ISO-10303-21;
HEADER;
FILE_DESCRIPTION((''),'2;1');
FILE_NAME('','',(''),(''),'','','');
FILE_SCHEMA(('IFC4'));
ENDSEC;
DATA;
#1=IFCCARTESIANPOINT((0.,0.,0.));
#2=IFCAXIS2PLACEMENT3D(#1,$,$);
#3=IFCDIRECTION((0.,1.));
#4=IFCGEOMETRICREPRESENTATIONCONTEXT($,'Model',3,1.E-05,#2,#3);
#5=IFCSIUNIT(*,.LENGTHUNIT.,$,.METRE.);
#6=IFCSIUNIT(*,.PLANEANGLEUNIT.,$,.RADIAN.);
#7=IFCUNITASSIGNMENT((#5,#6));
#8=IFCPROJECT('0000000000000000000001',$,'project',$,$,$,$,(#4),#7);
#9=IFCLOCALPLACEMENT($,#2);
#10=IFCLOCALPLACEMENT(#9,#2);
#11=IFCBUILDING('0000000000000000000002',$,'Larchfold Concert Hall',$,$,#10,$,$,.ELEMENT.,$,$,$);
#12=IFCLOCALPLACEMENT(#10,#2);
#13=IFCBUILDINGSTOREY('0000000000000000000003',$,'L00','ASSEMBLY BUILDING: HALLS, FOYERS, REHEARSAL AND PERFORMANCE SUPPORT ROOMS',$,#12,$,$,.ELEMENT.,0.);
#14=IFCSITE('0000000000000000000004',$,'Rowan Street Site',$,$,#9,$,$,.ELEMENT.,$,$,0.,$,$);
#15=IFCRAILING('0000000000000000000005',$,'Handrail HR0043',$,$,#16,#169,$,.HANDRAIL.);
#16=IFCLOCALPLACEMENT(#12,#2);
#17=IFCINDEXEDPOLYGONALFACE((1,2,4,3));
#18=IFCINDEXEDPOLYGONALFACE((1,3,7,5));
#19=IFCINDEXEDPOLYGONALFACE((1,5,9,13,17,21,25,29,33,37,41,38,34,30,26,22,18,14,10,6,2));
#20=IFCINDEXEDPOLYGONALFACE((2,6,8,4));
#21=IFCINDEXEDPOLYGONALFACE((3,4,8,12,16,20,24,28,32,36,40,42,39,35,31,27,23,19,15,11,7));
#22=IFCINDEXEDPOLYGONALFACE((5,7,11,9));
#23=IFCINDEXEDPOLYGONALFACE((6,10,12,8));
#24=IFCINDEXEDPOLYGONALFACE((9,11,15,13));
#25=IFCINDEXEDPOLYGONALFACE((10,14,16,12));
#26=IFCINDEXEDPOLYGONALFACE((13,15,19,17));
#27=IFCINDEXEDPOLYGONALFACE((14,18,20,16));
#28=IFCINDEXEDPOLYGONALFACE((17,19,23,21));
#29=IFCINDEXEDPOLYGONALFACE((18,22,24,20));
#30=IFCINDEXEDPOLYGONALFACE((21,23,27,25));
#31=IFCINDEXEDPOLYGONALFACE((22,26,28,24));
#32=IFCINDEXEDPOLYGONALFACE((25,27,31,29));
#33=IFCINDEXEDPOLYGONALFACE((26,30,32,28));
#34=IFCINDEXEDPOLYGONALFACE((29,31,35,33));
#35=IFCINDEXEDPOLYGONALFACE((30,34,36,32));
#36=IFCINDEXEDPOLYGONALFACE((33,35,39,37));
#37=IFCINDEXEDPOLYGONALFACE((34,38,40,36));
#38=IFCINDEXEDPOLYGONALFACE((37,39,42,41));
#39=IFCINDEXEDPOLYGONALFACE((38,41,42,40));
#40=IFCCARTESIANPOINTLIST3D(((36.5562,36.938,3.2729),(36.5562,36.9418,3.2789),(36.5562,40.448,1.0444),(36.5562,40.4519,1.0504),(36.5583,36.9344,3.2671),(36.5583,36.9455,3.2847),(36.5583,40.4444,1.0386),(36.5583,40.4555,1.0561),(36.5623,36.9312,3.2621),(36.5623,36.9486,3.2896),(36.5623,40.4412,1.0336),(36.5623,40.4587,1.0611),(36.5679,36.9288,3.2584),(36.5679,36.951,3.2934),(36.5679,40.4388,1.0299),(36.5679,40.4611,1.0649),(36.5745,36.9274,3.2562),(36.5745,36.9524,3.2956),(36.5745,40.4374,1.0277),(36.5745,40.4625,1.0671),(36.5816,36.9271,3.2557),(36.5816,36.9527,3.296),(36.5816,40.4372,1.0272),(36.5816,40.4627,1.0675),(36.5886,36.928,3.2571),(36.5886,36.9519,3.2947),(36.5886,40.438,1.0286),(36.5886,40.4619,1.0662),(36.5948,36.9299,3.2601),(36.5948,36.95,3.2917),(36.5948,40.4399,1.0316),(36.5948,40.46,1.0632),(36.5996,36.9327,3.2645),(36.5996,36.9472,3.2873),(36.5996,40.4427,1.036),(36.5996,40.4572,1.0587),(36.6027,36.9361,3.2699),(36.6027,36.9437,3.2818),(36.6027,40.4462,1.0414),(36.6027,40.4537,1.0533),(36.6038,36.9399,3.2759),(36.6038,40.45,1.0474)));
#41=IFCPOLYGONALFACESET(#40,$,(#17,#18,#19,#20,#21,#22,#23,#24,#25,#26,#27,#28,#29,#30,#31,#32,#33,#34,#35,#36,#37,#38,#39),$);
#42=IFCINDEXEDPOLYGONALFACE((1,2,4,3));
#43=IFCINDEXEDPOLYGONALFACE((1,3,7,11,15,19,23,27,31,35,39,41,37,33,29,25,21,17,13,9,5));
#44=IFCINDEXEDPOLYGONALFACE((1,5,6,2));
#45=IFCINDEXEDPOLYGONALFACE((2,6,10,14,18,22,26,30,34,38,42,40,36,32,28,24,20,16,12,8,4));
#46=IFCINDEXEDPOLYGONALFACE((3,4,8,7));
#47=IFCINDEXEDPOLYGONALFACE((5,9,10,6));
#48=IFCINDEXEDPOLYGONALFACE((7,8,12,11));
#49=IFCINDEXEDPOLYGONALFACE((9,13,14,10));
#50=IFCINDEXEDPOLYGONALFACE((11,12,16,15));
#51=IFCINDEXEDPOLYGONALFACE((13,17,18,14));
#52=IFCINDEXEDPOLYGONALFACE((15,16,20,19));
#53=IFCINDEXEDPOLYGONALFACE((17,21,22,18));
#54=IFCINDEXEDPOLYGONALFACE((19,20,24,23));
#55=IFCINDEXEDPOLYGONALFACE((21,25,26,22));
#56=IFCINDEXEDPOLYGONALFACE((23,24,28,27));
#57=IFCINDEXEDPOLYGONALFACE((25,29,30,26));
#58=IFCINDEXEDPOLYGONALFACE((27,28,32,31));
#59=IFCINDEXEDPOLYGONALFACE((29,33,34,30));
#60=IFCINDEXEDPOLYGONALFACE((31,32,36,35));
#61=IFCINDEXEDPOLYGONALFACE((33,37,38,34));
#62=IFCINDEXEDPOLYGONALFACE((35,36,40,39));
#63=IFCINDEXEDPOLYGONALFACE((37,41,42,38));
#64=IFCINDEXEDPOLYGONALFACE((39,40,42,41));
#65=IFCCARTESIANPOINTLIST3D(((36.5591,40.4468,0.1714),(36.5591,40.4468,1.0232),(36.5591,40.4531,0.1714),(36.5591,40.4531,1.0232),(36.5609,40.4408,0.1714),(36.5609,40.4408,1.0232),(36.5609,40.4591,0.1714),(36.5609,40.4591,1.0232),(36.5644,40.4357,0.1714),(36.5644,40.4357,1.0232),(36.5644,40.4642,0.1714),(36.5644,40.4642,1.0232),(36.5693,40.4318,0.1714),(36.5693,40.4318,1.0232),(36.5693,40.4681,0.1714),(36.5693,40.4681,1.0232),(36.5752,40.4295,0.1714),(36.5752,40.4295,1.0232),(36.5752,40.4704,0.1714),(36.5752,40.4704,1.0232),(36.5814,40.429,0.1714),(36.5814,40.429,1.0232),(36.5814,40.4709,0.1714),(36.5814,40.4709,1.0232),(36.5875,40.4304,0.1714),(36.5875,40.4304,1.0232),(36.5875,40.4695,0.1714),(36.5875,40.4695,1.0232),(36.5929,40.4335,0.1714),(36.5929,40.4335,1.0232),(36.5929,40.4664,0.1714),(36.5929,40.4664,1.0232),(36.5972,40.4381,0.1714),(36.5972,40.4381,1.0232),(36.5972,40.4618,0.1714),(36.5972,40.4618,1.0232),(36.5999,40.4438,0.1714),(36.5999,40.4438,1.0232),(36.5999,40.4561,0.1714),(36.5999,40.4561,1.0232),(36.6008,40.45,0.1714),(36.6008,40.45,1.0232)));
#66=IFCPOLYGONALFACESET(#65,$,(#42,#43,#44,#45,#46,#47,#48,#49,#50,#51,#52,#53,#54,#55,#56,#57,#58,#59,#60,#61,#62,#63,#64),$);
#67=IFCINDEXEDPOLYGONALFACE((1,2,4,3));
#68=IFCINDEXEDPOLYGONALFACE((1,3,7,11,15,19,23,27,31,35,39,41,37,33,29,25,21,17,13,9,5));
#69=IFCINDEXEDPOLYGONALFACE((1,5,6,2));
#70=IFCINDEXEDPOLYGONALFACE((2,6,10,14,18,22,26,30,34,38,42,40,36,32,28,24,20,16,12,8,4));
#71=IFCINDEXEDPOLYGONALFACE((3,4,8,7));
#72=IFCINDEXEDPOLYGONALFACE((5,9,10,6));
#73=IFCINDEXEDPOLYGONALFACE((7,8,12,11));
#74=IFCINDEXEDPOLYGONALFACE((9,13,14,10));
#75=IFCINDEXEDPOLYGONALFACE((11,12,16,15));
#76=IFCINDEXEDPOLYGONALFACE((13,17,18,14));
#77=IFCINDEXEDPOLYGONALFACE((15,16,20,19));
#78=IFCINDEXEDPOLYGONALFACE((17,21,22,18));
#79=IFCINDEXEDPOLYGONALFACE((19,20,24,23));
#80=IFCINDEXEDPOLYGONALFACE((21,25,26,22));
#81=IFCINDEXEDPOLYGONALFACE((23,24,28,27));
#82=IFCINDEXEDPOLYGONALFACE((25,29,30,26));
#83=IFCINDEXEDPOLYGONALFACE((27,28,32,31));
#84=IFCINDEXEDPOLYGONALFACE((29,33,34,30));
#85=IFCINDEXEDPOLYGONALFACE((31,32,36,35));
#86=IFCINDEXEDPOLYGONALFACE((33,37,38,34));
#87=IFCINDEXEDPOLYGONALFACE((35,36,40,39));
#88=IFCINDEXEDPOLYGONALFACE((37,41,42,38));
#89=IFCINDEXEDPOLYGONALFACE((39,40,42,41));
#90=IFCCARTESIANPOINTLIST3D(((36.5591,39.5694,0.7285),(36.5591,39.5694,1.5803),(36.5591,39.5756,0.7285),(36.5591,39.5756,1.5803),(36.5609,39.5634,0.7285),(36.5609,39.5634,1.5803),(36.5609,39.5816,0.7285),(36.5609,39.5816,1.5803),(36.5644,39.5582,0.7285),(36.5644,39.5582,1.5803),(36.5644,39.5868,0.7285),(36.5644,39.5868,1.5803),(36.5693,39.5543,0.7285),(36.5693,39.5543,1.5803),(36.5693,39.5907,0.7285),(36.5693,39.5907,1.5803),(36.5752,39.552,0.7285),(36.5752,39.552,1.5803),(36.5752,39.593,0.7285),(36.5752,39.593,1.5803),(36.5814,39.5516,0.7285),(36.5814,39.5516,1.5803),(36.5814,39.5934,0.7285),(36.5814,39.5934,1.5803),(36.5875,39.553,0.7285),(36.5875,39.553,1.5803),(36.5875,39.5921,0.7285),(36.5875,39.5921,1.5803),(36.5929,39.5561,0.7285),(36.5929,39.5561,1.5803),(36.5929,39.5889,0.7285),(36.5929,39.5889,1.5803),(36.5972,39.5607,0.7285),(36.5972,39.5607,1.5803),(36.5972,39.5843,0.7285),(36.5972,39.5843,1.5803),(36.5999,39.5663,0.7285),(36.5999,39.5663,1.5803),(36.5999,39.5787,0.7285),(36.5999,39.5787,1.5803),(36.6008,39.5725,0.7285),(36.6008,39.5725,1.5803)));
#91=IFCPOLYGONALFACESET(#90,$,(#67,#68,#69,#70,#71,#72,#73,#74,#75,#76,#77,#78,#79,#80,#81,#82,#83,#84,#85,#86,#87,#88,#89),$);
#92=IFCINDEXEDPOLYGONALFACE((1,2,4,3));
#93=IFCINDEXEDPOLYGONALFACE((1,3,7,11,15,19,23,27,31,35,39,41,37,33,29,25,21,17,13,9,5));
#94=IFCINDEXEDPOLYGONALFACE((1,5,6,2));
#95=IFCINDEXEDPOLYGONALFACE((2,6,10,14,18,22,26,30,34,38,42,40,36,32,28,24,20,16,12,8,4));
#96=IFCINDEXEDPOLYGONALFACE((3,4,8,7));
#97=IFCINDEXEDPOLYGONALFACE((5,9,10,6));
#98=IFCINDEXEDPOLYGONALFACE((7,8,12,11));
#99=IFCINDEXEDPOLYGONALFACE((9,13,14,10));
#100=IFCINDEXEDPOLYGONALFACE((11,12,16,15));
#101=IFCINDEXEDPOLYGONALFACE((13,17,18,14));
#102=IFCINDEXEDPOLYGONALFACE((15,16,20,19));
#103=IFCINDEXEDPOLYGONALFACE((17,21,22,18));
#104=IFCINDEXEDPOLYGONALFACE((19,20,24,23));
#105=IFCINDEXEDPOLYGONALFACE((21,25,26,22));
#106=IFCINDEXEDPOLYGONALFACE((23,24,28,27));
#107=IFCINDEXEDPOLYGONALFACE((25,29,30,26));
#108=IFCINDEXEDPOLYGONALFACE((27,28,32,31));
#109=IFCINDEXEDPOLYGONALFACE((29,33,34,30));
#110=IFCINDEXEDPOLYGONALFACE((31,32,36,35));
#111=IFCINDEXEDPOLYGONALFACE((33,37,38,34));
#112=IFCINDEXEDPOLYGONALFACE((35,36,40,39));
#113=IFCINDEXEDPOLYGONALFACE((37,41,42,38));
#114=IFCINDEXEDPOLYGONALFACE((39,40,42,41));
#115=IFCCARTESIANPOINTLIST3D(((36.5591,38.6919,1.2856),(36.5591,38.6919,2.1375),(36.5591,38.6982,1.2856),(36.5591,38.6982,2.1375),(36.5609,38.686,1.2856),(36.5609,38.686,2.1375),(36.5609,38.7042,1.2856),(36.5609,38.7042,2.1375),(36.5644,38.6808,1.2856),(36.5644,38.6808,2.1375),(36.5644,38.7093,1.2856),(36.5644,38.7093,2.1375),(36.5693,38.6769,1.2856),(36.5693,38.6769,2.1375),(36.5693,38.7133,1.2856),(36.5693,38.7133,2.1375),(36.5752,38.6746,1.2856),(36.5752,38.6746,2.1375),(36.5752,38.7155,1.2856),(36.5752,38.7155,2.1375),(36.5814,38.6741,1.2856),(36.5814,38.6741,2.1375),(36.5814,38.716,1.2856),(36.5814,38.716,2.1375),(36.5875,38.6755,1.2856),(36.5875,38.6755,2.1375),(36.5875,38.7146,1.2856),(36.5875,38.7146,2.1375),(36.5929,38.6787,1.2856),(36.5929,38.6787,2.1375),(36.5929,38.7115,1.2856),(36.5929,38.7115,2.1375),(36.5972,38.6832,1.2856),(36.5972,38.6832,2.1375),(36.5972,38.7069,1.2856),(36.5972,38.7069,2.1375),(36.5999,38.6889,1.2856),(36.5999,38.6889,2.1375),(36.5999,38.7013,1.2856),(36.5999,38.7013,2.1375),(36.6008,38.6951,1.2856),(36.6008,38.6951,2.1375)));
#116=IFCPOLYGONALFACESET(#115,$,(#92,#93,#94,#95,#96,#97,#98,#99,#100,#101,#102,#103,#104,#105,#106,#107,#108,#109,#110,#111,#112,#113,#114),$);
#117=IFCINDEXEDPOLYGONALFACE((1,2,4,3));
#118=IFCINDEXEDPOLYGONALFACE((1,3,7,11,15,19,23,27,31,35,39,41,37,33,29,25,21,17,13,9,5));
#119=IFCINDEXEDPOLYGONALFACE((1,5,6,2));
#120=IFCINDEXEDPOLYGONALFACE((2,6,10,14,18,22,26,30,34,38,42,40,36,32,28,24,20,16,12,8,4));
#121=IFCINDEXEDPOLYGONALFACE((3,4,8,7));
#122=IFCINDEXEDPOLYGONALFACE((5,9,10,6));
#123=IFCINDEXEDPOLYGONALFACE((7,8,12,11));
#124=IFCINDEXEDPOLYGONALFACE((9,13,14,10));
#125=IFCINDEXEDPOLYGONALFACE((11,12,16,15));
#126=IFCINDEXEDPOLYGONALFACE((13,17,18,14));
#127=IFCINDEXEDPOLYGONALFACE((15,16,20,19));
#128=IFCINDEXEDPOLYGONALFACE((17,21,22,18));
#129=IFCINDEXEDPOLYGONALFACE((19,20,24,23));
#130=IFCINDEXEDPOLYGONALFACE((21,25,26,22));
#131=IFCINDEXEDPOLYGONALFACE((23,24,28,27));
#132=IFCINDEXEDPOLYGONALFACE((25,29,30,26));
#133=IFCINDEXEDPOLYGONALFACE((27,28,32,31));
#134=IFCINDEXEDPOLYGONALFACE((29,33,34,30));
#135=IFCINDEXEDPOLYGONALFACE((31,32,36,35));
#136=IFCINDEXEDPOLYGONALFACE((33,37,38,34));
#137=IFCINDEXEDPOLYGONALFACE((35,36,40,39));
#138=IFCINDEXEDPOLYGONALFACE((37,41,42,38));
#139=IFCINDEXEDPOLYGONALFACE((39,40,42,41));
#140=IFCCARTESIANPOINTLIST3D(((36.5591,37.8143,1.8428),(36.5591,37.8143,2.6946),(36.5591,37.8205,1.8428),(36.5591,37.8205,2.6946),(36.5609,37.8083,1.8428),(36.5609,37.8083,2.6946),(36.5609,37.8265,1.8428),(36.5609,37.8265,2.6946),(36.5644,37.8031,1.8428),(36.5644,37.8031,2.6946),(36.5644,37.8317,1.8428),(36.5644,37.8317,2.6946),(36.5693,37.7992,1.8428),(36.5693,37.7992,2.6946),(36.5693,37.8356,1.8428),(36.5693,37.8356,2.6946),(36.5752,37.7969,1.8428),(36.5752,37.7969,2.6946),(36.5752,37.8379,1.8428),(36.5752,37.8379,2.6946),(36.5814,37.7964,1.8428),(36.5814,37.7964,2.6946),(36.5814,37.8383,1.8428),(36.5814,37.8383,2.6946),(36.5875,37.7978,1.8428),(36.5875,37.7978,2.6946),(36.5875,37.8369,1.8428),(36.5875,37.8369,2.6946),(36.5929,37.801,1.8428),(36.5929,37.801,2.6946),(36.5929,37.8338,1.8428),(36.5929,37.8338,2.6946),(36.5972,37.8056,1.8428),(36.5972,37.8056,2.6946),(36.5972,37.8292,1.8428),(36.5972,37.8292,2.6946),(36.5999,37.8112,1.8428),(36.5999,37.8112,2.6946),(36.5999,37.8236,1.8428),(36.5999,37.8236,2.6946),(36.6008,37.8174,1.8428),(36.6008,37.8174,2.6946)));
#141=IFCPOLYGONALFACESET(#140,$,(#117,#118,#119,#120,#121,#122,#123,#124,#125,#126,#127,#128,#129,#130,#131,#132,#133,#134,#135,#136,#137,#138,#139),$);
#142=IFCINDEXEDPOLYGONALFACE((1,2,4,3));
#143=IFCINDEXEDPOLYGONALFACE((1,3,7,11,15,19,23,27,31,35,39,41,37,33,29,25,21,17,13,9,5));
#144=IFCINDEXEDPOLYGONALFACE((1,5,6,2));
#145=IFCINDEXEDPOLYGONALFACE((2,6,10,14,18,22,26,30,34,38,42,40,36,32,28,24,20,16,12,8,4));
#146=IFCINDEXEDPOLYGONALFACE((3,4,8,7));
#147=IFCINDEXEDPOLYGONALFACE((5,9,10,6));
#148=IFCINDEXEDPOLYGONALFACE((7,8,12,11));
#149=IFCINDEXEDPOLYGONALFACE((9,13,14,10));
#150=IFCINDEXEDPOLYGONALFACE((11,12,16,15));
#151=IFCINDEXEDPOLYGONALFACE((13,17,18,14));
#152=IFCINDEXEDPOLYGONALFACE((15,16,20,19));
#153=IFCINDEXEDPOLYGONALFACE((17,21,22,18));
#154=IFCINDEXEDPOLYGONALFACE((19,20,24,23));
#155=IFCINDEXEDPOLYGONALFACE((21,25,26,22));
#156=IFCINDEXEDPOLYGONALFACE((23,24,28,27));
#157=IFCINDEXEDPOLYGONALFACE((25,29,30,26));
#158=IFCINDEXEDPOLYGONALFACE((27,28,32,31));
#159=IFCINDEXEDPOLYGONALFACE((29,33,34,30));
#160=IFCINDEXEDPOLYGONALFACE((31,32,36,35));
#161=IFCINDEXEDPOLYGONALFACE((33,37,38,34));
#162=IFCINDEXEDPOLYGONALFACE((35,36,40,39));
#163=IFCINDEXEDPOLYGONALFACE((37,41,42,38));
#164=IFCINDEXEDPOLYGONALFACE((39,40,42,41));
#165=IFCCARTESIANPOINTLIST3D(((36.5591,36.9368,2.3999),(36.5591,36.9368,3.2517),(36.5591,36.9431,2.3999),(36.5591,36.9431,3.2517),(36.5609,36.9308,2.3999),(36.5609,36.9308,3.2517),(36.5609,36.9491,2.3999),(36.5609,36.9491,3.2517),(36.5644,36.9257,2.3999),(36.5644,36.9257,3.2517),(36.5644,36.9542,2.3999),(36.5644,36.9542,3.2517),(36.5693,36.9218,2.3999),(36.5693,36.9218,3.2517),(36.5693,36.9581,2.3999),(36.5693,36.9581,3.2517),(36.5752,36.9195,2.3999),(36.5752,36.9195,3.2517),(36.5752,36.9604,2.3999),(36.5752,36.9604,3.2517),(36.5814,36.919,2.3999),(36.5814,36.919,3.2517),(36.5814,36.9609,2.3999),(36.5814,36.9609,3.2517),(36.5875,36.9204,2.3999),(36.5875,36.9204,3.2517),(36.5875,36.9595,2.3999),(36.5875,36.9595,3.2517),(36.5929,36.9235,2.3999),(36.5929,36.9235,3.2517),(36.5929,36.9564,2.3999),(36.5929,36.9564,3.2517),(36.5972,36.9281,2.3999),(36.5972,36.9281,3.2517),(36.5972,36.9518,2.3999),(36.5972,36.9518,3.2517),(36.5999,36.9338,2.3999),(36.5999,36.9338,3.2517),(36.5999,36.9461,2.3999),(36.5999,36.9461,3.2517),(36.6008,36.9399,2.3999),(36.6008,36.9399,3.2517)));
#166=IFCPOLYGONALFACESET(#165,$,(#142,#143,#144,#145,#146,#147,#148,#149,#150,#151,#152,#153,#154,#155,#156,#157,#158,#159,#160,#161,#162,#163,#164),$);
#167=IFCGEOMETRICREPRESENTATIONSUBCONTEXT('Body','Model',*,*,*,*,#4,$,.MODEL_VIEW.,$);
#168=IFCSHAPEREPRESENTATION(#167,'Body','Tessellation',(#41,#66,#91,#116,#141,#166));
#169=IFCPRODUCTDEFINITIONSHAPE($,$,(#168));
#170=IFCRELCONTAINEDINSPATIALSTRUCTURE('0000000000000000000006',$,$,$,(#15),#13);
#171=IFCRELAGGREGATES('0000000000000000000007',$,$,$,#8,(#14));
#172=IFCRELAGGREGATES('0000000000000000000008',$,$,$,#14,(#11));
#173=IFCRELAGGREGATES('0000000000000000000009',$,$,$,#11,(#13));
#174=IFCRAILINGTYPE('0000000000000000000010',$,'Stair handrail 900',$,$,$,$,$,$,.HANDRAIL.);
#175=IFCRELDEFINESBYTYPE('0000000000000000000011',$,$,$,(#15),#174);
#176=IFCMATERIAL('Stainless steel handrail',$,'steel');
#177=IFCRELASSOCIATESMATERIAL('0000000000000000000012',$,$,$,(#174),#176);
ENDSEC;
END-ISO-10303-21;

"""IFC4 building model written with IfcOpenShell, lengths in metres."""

from ifc_helpers import new_model, si_unit, direction, frame, origin, origin_2d, place, context, subcontext, project, spatial, circle, extrude, material, type_object, element, save


model = new_model("IFC4")

# Units and contexts
model_context = context("Model", 3, precision=1e-05, world=origin(), true_north=direction((0.0, 1.0)))
body_context = subcontext(model_context, "Body", "Model", "MODEL_VIEW")
ifc_project = project(units=[si_unit("LENGTHUNIT", "METRE"), si_unit("PLANEANGLEUNIT", "RADIAN")], contexts=[model_context])

# Site, building, storey
site_placement = place(None, origin())
site = spatial("IfcSite", under=ifc_project, at=site_placement, Name="Rowan Street Site", CompositionType="ELEMENT", RefElevation=0.0)
building_placement = place(site_placement, origin())
building = spatial("IfcBuilding", under=site, at=building_placement, Name="Larchfold Concert Hall", CompositionType="ELEMENT")
storey_placement = place(building_placement, origin())
storey = spatial("IfcBuildingStorey", under=building, at=storey_placement, Name="L00", Description="ASSEMBLY BUILDING: HALLS, FOYERS, REHEARSAL AND PERFORMANCE SUPPORT ROOMS", CompositionType="ELEMENT", Elevation=0.0)

# Railing
ifc_material_1 = material(Name="Stainless steel handrail", Category="steel")
railing_type_1 = type_object("IfcRailingType", Name="Stair handrail 900", PredefinedType="HANDRAIL", material=ifc_material_1)
railing_1_placement = place(storey_placement, frame((36.5798, 40.45, 0.1714)))
element("IfcRailing", 1, at=railing_1_placement, inside=storey, type_object=railing_type_1, Name="Handrail HR0043", PredefinedType="HANDRAIL", context=body_context, shape_type="SweptSolid", body=[
    extrude(circle(Radius=0.0239, at=origin_2d()), frame((0.0, 0.0, 0.876), z_axis=(0.0, -0.84422, 0.535998), x_axis=(1.0, 0.0, 0.0)), (0.0, 0.0, 1.0), 4.1577),
    extrude(circle(Radius=0.021, at=origin_2d()), origin(), (0.0, 0.0, 1.0), 0.8518),
    extrude(circle(Radius=0.021, at=origin_2d()), frame((0.0, -0.8774, 0.5571)), (0.0, 0.0, 1.0), 0.8518),
    extrude(circle(Radius=0.021, at=origin_2d()), frame((0.0, -1.7549, 1.1143)), (0.0, 0.0, 1.0), 0.8518),
    extrude(circle(Radius=0.021, at=origin_2d()), frame((0.0, -2.6326, 1.6714)), (0.0, 0.0, 1.0), 0.8518),
    extrude(circle(Radius=0.021, at=origin_2d()), frame((0.0, -3.51, 2.2285)), (0.0, 0.0, 1.0), 0.8518),
])

save(model, "model.ifc")
